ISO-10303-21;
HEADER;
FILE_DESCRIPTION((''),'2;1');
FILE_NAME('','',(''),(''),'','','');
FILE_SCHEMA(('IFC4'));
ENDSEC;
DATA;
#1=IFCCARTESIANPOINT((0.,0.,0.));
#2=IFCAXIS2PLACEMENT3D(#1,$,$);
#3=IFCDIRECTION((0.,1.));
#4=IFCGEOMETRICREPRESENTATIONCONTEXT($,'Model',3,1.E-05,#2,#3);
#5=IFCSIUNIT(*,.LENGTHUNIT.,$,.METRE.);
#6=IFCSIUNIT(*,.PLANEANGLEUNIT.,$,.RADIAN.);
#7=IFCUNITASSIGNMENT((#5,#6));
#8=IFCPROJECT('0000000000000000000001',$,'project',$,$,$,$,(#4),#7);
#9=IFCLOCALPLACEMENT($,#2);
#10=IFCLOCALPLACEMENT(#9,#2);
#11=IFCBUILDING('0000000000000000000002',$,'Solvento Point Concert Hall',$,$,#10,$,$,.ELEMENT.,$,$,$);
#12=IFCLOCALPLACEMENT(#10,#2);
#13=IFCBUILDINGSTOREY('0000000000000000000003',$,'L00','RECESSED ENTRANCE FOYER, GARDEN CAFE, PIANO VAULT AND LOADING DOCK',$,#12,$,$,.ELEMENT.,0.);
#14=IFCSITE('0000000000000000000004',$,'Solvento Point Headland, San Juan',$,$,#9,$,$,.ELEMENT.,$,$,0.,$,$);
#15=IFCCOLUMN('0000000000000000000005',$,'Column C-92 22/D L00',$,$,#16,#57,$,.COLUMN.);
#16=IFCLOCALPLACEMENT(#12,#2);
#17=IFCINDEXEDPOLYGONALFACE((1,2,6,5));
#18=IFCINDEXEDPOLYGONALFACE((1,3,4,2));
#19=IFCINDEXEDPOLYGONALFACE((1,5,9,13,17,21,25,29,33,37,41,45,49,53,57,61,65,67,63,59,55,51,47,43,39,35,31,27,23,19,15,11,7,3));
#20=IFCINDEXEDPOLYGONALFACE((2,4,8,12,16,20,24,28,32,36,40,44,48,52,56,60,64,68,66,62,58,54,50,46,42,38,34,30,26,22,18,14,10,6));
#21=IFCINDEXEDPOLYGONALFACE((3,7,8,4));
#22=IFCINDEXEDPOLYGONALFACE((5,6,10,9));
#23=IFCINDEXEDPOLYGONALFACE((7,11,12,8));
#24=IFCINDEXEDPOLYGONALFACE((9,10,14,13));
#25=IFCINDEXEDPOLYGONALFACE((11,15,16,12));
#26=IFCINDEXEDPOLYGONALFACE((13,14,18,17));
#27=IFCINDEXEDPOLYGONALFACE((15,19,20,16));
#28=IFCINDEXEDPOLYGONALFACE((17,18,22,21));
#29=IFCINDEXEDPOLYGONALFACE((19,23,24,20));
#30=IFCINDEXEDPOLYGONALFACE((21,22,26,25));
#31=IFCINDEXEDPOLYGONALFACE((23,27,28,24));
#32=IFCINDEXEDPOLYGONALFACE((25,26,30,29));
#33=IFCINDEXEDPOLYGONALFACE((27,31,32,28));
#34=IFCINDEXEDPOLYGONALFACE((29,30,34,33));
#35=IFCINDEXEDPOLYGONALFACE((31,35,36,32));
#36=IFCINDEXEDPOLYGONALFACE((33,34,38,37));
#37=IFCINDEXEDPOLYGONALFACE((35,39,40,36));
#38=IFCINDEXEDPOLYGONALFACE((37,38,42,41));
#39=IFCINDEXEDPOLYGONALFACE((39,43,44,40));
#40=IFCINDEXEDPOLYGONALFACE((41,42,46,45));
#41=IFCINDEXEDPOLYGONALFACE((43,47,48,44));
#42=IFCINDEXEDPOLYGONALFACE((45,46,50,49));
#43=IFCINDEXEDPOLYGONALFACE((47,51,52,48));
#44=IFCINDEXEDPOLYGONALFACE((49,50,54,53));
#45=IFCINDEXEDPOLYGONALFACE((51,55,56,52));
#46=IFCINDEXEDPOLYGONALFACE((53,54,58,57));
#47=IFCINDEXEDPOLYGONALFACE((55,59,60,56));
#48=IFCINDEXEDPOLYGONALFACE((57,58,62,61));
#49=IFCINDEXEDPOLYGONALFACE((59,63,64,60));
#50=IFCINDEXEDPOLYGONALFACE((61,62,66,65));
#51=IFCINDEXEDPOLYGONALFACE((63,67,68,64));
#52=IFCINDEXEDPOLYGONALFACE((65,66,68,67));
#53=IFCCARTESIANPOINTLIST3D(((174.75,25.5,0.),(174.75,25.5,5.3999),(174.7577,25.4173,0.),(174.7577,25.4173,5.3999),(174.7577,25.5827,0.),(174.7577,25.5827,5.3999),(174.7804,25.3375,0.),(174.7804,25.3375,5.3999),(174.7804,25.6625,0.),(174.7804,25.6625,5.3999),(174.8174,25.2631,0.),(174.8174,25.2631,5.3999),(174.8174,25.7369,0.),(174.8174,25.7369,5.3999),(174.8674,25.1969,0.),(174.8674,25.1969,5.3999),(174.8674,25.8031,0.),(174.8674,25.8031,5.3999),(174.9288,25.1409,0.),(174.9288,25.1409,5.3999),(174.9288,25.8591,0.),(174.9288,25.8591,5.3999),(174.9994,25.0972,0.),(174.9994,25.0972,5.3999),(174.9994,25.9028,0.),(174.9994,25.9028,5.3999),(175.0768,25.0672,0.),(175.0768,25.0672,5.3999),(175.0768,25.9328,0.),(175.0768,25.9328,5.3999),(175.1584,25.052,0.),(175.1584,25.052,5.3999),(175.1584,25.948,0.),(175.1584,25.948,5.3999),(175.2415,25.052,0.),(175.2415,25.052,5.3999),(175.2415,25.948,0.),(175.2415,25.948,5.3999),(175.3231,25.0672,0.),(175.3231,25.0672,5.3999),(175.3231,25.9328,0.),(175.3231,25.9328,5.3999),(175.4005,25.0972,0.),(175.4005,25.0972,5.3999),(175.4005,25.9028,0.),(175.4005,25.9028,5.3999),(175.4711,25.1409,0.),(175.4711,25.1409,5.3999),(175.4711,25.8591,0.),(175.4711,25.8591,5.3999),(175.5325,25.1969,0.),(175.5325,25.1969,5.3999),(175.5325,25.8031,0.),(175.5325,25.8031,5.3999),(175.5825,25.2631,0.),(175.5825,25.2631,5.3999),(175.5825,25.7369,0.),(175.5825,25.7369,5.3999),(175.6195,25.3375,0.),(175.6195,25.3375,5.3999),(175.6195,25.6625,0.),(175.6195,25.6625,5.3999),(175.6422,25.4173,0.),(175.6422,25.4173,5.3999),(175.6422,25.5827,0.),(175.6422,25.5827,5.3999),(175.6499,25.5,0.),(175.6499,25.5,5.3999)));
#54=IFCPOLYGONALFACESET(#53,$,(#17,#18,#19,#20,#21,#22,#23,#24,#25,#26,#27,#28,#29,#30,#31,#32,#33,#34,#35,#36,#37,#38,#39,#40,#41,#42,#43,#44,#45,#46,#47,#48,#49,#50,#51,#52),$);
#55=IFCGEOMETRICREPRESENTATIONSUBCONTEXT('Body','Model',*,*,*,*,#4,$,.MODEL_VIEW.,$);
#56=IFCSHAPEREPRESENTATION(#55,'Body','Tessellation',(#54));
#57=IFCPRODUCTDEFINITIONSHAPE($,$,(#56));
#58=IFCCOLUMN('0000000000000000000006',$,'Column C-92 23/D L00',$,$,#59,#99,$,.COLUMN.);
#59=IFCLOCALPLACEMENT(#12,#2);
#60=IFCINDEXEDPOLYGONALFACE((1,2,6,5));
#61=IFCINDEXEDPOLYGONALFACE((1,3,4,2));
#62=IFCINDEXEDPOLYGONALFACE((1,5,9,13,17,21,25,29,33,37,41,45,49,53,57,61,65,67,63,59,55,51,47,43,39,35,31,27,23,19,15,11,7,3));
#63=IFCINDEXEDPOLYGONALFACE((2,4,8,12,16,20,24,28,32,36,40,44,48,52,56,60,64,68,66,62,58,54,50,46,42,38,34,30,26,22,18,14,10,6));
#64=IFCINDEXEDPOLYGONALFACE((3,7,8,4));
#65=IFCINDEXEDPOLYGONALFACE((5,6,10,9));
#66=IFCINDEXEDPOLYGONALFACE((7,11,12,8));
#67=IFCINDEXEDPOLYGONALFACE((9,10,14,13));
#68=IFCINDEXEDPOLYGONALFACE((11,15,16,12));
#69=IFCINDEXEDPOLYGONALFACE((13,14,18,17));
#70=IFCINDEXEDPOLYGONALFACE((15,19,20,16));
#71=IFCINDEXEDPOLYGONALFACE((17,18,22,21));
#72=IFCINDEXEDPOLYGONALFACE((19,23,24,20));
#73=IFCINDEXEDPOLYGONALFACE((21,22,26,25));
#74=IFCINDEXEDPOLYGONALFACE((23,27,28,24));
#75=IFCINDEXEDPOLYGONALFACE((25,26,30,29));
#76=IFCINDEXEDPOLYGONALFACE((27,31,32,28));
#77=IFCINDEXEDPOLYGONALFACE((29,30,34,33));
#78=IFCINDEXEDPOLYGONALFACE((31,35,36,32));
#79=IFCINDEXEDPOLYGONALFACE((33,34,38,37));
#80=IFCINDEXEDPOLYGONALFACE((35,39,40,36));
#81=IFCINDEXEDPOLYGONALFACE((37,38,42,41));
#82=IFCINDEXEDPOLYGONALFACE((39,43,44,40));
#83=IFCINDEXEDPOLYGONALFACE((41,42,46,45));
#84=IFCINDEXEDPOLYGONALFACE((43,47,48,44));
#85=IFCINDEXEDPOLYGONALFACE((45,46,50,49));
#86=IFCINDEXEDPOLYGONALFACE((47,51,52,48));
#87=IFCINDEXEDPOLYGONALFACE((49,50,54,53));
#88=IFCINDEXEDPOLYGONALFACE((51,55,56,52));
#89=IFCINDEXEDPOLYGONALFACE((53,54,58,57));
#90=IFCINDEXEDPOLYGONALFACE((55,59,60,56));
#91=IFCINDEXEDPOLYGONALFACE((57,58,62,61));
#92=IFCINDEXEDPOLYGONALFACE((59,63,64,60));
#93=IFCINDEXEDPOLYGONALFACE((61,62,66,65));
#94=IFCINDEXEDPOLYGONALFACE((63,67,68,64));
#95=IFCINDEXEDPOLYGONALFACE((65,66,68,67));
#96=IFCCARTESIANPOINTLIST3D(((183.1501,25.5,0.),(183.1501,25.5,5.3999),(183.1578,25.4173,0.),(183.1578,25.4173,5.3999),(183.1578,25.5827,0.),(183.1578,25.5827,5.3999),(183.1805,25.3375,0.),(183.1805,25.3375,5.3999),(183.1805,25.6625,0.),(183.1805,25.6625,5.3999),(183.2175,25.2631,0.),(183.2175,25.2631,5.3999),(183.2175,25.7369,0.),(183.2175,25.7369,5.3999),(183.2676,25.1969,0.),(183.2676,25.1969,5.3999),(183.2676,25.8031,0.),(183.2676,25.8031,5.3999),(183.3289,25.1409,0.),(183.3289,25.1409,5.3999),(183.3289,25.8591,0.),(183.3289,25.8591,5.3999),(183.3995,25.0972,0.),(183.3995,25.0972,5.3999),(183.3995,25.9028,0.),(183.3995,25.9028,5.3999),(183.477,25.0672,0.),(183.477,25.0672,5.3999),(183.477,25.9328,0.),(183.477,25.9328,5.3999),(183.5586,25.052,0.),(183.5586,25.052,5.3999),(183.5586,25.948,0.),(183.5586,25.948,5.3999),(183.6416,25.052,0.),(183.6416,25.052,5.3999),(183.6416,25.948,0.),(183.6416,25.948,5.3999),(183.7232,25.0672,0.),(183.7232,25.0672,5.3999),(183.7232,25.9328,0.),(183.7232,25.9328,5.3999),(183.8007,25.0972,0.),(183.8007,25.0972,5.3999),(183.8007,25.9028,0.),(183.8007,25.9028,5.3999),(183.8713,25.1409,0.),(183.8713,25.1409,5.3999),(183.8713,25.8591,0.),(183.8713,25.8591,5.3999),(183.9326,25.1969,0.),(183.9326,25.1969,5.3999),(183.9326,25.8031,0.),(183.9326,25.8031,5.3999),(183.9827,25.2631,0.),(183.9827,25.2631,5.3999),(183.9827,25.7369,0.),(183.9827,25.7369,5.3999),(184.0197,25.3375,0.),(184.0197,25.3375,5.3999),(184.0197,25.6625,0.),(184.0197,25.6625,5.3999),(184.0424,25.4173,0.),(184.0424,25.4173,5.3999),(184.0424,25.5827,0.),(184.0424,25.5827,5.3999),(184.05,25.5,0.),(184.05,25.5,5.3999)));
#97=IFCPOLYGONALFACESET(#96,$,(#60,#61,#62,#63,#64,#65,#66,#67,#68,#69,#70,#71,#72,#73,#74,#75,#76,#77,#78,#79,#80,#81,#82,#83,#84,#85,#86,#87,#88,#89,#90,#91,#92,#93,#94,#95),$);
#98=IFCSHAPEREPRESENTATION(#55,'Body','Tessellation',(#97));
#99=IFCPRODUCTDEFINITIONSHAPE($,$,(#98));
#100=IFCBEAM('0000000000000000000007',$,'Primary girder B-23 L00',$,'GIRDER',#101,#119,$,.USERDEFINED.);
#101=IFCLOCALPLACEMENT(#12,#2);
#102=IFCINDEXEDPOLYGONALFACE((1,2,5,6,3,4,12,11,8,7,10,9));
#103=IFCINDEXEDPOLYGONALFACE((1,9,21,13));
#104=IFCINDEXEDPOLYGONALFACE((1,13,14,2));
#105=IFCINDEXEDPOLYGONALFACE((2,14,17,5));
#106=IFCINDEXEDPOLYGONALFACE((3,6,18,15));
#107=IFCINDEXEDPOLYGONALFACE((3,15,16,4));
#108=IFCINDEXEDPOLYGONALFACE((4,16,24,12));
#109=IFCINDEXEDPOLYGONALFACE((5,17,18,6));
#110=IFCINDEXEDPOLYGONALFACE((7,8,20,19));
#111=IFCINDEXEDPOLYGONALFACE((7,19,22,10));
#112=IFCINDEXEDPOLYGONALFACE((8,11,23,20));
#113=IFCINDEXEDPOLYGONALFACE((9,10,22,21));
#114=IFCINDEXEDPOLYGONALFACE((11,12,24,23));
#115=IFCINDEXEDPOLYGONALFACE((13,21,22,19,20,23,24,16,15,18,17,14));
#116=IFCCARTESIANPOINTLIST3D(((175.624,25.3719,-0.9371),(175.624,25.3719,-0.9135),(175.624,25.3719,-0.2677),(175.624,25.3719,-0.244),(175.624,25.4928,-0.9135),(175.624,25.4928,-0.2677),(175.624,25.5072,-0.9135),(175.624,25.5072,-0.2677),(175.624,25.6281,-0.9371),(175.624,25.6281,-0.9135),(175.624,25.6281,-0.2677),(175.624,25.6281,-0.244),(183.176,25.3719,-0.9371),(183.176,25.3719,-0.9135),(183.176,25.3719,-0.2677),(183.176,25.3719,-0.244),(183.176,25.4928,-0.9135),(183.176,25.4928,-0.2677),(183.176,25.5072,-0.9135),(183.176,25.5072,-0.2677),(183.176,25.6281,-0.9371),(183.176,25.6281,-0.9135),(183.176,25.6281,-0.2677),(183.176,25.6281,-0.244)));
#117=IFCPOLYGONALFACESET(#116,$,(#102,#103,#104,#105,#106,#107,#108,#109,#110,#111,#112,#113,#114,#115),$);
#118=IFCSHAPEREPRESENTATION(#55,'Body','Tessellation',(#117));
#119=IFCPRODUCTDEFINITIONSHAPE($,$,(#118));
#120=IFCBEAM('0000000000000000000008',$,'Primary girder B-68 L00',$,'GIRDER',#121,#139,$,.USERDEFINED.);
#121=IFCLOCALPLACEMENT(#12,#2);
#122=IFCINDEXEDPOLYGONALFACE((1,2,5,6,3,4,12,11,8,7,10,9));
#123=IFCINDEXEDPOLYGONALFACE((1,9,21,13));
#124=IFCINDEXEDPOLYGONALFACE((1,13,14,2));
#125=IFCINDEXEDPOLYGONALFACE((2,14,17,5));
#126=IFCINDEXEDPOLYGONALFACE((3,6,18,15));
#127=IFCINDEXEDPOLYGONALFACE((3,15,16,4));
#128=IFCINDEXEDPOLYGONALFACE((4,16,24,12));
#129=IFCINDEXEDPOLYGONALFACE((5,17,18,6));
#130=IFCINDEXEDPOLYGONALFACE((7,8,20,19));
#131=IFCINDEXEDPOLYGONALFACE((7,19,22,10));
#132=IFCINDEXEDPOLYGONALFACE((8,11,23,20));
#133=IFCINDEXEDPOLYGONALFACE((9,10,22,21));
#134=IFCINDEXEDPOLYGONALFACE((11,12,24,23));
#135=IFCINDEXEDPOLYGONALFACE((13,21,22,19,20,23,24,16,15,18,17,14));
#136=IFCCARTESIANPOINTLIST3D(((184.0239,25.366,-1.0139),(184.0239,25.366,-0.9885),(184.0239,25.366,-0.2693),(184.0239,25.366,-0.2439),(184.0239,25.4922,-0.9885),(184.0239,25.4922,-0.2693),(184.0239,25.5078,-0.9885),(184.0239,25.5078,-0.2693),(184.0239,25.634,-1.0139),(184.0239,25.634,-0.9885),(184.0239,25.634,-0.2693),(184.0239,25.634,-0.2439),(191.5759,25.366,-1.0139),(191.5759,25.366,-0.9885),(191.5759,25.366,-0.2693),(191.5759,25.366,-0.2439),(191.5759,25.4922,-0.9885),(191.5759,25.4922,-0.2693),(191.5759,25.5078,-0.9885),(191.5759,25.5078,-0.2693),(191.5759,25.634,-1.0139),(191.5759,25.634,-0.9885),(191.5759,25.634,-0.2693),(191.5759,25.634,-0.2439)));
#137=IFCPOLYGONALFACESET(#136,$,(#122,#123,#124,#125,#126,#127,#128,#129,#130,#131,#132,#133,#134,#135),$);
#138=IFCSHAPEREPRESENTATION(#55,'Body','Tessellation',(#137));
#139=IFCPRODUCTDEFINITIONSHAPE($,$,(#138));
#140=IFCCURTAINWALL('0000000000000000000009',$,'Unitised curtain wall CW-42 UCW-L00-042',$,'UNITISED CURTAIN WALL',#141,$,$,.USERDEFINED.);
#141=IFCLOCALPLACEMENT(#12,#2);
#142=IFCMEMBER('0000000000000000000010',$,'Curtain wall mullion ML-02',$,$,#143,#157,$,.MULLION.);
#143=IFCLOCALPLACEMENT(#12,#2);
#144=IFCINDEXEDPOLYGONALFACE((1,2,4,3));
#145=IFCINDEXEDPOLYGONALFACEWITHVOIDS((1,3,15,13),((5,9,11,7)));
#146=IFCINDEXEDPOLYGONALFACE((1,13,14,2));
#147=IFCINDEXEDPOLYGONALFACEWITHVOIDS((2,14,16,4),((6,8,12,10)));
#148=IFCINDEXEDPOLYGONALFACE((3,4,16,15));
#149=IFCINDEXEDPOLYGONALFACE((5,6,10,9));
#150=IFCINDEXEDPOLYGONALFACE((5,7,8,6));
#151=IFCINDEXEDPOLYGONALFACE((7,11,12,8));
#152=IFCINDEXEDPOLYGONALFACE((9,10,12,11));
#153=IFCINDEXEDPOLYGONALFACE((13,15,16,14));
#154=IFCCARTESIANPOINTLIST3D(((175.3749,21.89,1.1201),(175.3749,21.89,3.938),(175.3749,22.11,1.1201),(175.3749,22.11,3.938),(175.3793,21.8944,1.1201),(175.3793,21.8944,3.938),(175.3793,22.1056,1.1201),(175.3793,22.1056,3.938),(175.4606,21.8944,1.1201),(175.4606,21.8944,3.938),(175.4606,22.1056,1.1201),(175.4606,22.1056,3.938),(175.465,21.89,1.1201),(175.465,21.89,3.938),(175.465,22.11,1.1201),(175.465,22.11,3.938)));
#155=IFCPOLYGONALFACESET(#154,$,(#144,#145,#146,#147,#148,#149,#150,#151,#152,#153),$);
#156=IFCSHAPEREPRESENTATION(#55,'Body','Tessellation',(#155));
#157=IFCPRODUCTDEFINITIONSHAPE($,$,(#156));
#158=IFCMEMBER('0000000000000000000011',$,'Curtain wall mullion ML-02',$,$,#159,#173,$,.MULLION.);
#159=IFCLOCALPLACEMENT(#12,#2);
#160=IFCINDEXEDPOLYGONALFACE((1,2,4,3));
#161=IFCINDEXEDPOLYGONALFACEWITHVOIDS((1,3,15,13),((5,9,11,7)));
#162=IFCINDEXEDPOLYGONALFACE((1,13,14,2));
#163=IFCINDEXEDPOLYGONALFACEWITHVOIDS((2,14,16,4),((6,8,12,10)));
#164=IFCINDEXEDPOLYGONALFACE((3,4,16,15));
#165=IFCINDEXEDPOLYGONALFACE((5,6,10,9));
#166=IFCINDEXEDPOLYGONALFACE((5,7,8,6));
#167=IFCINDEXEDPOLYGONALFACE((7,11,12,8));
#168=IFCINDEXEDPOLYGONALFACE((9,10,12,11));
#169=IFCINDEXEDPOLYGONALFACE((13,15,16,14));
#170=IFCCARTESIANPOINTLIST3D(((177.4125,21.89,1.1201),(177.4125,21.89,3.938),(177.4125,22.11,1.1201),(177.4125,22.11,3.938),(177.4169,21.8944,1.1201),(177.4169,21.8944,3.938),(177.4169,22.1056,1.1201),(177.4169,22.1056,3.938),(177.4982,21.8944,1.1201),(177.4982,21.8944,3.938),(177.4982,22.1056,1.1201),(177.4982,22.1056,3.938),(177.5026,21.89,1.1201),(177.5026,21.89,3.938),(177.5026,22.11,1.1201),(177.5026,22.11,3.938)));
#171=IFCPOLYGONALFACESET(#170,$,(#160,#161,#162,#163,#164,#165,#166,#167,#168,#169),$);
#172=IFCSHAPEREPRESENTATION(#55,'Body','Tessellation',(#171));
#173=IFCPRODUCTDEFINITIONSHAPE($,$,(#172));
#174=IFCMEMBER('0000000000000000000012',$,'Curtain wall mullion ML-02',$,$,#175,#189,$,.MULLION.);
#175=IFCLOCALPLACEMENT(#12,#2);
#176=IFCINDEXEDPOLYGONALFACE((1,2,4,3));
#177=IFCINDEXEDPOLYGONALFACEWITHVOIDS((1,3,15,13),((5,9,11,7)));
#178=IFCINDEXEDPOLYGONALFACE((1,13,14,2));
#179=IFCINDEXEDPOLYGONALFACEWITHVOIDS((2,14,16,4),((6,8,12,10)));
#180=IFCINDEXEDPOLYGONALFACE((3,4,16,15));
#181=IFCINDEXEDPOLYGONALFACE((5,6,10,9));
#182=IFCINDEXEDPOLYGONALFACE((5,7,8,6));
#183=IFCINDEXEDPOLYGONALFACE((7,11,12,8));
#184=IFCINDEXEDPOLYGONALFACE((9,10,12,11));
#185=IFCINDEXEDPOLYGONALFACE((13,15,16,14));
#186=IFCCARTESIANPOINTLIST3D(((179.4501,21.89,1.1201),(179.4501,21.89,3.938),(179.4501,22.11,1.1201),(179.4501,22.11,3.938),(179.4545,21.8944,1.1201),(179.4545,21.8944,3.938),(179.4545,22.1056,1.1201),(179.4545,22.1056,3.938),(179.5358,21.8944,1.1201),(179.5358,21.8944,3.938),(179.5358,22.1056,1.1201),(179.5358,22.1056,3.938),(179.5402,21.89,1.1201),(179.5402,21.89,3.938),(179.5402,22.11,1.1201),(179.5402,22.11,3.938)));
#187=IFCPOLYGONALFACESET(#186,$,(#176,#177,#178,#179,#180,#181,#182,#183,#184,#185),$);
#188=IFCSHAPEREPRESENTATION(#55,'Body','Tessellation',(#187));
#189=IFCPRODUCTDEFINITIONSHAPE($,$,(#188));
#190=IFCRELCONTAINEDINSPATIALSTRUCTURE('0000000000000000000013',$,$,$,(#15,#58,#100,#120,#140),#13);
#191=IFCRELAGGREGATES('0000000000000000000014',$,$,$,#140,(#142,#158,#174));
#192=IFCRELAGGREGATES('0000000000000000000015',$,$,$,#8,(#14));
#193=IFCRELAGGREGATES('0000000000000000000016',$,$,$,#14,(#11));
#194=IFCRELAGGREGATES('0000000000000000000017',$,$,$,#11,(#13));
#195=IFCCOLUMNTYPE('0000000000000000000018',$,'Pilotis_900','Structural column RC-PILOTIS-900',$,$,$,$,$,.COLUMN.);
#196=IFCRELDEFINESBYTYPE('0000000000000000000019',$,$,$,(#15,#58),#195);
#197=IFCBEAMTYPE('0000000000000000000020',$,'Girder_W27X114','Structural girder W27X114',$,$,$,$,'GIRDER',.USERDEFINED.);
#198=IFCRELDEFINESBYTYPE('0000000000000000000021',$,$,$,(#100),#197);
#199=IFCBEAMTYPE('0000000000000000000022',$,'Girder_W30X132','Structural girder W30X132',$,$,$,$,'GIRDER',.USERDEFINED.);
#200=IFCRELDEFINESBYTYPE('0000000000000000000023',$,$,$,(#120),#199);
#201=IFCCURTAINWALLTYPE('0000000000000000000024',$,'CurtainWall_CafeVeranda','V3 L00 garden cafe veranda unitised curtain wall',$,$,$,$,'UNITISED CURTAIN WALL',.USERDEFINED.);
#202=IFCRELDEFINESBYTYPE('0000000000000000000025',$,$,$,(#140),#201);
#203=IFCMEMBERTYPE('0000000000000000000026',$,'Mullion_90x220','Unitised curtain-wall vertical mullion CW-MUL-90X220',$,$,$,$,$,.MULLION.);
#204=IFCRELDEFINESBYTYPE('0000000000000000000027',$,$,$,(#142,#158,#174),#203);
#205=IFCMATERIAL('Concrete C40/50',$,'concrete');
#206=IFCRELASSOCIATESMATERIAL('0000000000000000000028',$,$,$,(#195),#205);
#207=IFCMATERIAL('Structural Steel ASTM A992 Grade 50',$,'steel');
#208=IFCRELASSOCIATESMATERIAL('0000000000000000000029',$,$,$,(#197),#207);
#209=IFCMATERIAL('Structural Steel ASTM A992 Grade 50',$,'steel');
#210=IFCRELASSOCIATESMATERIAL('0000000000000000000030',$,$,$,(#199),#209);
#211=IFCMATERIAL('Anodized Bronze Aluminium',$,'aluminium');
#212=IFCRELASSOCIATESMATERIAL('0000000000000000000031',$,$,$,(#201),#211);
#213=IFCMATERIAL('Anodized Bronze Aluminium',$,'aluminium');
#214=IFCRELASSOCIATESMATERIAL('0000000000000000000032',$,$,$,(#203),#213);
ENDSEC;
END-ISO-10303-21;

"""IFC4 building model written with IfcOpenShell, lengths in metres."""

from ifc_helpers import new_model, si_unit, direction, frame, origin, origin_2d, place, context, subcontext, project, spatial, hollow_rectangle, circle, i_section, extrude, material, material_profile, profile_set, type_object, element, aggregate, save


model = new_model("IFC4")

# Units and contexts
model_context = context("Model", 3, precision=1e-05, world=origin(), true_north=direction((0.0, 1.0)))
body_context = subcontext(model_context, "Body", "Model", "MODEL_VIEW")
ifc_project = project(units=[si_unit("LENGTHUNIT", "METRE"), si_unit("PLANEANGLEUNIT", "RADIAN")], contexts=[model_context])

# Site, building, storey
site_placement = place(None, origin())
site = spatial("IfcSite", under=ifc_project, at=site_placement, Name="Solvento Point Headland, San Juan", CompositionType="ELEMENT", RefElevation=0.0)
building_placement = place(site_placement, origin())
building = spatial("IfcBuilding", under=site, at=building_placement, Name="Solvento Point Concert Hall", CompositionType="ELEMENT")
storey_placement = place(building_placement, origin())
storey = spatial("IfcBuildingStorey", under=building, at=storey_placement, Name="L00", Description="RECESSED ENTRANCE FOYER, GARDEN CAFE, PIANO VAULT AND LOADING DOCK", CompositionType="ELEMENT", Elevation=0.0)

# Columns
ifc_material_1 = material(Name="Concrete C40/50", Category="concrete")
ifc_material_profile_1 = material_profile(ifc_material_1, circle(Radius=0.45, at=origin_2d()), Name="RC-PILOTIS-900")
ifc_profile_set_1 = profile_set([ifc_material_profile_1], Name="Concrete C40/50")
column_type = type_object("IfcColumnType", Name="Pilotis_900", Description="Structural column RC-PILOTIS-900", PredefinedType="COLUMN", material=ifc_profile_set_1)
for number, where, z_axis, x_axis, name in (
    (1, (175.2, 25.5, 0.0), (0.0, 0.0, 1.0), (1.0, 0.0, 0.0), "Column C-92 22/D L00"),
    (2, (183.6001, 25.5, 0.0), (0.0, 0.0, 1.0), (1.0, 0.0, 0.0), "Column C-92 23/D L00"),
):
    element("IfcColumn", number, at=place(storey_placement, frame(where, z_axis=z_axis, x_axis=x_axis)), inside=storey, type_object=column_type, Name=name, PredefinedType="COLUMN", context=body_context, shape_type="SweptSolid", body=[
        extrude(circle(Radius=0.45, at=origin_2d()), origin(), (0.0, 0.0, 1.0), 5.3999),
    ])

# Beams
ifc_material_2 = material(Name="Structural Steel ASTM A992 Grade 50", Category="steel")
ifc_material_profile_2 = material_profile(ifc_material_2, i_section(OverallWidth=0.2561, OverallDepth=0.6931, WebThickness=0.0144, FlangeThickness=0.0237, at=origin_2d()), Name="W27X114")
ifc_profile_set_2 = profile_set([ifc_material_profile_2], Name="Structural Steel ASTM A992 Grade 50")
beam_type_1 = type_object("IfcBeamType", Name="Girder_W27X114", Description="Structural girder W27X114", ElementType="GIRDER", PredefinedType="USERDEFINED", material=ifc_profile_set_2)
beam_1_placement = place(storey_placement, frame((175.624, 25.5, -0.5906), z_axis=(1.0, 0.0, 0.0), x_axis=(0.0, 1.0, 0.0)))
element("IfcBeam", 3, at=beam_1_placement, inside=storey, type_object=beam_type_1, Name="Primary girder B-23 L00", ObjectType="GIRDER", PredefinedType="USERDEFINED", context=body_context, shape_type="SweptSolid", body=[
    extrude(i_section(OverallWidth=0.2561, OverallDepth=0.6931, WebThickness=0.0144, FlangeThickness=0.0237, at=origin_2d()), origin(), (0.0, 0.0, 1.0), 7.552),
])
ifc_material_3 = material(Name="Structural Steel ASTM A992 Grade 50", Category="steel")
ifc_material_profile_3 = material_profile(ifc_material_3, i_section(OverallWidth=0.2681, OverallDepth=0.77, WebThickness=0.0156, FlangeThickness=0.0254, at=origin_2d()), Name="W30X132")
ifc_profile_set_3 = profile_set([ifc_material_profile_3], Name="Structural Steel ASTM A992 Grade 50")
beam_type_2 = type_object("IfcBeamType", Name="Girder_W30X132", Description="Structural girder W30X132", ElementType="GIRDER", PredefinedType="USERDEFINED", material=ifc_profile_set_3)
beam_2_placement = place(storey_placement, frame((184.0239, 25.5, -0.6289), z_axis=(1.0, 0.0, 0.0), x_axis=(0.0, 1.0, 0.0)))
element("IfcBeam", 4, at=beam_2_placement, inside=storey, type_object=beam_type_2, Name="Primary girder B-68 L00", ObjectType="GIRDER", PredefinedType="USERDEFINED", context=body_context, shape_type="SweptSolid", body=[
    extrude(i_section(OverallWidth=0.2681, OverallDepth=0.77, WebThickness=0.0156, FlangeThickness=0.0254, at=origin_2d()), origin(), (0.0, 0.0, 1.0), 7.552),
])

# Curtain wall, members
ifc_material_4 = material(Name="Anodized Bronze Aluminium", Category="aluminium")
curtain_wall_type = type_object("IfcCurtainWallType", Name="CurtainWall_CafeVeranda", Description="V3 L00 garden cafe veranda unitised curtain wall", ElementType="UNITISED CURTAIN WALL", PredefinedType="USERDEFINED", material=ifc_material_4)
curtain_wall_1_placement = place(storey_placement, origin())
curtain_wall_1 = element("IfcCurtainWall", 5, at=curtain_wall_1_placement, inside=storey, type_object=curtain_wall_type, Name="Unitised curtain wall CW-42 UCW-L00-042", ObjectType="UNITISED CURTAIN WALL", PredefinedType="USERDEFINED")
ifc_material_5 = material(Name="Anodized Bronze Aluminium", Category="aluminium")
ifc_material_profile_4 = material_profile(ifc_material_5, hollow_rectangle(XDim=0.0901, YDim=0.22, WallThickness=0.0044, at=origin_2d()), Name="CW-MUL-90X220")
ifc_profile_set_4 = profile_set([ifc_material_profile_4], Name="Anodized Bronze Aluminium")
member_type_1 = type_object("IfcMemberType", Name="Mullion_90x220", Description="Unitised curtain-wall vertical mullion CW-MUL-90X220", PredefinedType="MULLION", material=ifc_profile_set_4)
member_1_placement = place(storey_placement, frame((175.4199, 22.0, 1.1201), z_axis=(0.0, 0.0, 1.0), x_axis=(1.0, 0.0, 0.0)))
member_1 = element("IfcMember", 6, at=member_1_placement, type_object=member_type_1, Name="Curtain wall mullion ML-02", PredefinedType="MULLION", context=body_context, shape_type="SweptSolid", body=[
    extrude(hollow_rectangle(XDim=0.0901, YDim=0.22, WallThickness=0.0044, at=origin_2d()), origin(), (0.0, 0.0, 1.0), 2.8179),
])
member_2_placement = place(storey_placement, frame((177.4575, 22.0, 1.1201), z_axis=(0.0, 0.0, 1.0), x_axis=(1.0, 0.0, 0.0)))
member_2 = element("IfcMember", 7, at=member_2_placement, type_object=member_type_1, Name="Curtain wall mullion ML-02", PredefinedType="MULLION", context=body_context, shape_type="SweptSolid", body=[
    extrude(hollow_rectangle(XDim=0.0901, YDim=0.22, WallThickness=0.0044, at=origin_2d()), origin(), (0.0, 0.0, 1.0), 2.8179),
])
member_3_placement = place(storey_placement, frame((179.4951, 22.0, 1.1201), z_axis=(0.0, 0.0, 1.0), x_axis=(1.0, 0.0, 0.0)))
member_3 = element("IfcMember", 8, at=member_3_placement, type_object=member_type_1, Name="Curtain wall mullion ML-02", PredefinedType="MULLION", context=body_context, shape_type="SweptSolid", body=[
    extrude(hollow_rectangle(XDim=0.0901, YDim=0.22, WallThickness=0.0044, at=origin_2d()), origin(), (0.0, 0.0, 1.0), 2.8179),
])

aggregate(curtain_wall_1, [member_1, member_2, member_3])

save(model, "model.ifc")
